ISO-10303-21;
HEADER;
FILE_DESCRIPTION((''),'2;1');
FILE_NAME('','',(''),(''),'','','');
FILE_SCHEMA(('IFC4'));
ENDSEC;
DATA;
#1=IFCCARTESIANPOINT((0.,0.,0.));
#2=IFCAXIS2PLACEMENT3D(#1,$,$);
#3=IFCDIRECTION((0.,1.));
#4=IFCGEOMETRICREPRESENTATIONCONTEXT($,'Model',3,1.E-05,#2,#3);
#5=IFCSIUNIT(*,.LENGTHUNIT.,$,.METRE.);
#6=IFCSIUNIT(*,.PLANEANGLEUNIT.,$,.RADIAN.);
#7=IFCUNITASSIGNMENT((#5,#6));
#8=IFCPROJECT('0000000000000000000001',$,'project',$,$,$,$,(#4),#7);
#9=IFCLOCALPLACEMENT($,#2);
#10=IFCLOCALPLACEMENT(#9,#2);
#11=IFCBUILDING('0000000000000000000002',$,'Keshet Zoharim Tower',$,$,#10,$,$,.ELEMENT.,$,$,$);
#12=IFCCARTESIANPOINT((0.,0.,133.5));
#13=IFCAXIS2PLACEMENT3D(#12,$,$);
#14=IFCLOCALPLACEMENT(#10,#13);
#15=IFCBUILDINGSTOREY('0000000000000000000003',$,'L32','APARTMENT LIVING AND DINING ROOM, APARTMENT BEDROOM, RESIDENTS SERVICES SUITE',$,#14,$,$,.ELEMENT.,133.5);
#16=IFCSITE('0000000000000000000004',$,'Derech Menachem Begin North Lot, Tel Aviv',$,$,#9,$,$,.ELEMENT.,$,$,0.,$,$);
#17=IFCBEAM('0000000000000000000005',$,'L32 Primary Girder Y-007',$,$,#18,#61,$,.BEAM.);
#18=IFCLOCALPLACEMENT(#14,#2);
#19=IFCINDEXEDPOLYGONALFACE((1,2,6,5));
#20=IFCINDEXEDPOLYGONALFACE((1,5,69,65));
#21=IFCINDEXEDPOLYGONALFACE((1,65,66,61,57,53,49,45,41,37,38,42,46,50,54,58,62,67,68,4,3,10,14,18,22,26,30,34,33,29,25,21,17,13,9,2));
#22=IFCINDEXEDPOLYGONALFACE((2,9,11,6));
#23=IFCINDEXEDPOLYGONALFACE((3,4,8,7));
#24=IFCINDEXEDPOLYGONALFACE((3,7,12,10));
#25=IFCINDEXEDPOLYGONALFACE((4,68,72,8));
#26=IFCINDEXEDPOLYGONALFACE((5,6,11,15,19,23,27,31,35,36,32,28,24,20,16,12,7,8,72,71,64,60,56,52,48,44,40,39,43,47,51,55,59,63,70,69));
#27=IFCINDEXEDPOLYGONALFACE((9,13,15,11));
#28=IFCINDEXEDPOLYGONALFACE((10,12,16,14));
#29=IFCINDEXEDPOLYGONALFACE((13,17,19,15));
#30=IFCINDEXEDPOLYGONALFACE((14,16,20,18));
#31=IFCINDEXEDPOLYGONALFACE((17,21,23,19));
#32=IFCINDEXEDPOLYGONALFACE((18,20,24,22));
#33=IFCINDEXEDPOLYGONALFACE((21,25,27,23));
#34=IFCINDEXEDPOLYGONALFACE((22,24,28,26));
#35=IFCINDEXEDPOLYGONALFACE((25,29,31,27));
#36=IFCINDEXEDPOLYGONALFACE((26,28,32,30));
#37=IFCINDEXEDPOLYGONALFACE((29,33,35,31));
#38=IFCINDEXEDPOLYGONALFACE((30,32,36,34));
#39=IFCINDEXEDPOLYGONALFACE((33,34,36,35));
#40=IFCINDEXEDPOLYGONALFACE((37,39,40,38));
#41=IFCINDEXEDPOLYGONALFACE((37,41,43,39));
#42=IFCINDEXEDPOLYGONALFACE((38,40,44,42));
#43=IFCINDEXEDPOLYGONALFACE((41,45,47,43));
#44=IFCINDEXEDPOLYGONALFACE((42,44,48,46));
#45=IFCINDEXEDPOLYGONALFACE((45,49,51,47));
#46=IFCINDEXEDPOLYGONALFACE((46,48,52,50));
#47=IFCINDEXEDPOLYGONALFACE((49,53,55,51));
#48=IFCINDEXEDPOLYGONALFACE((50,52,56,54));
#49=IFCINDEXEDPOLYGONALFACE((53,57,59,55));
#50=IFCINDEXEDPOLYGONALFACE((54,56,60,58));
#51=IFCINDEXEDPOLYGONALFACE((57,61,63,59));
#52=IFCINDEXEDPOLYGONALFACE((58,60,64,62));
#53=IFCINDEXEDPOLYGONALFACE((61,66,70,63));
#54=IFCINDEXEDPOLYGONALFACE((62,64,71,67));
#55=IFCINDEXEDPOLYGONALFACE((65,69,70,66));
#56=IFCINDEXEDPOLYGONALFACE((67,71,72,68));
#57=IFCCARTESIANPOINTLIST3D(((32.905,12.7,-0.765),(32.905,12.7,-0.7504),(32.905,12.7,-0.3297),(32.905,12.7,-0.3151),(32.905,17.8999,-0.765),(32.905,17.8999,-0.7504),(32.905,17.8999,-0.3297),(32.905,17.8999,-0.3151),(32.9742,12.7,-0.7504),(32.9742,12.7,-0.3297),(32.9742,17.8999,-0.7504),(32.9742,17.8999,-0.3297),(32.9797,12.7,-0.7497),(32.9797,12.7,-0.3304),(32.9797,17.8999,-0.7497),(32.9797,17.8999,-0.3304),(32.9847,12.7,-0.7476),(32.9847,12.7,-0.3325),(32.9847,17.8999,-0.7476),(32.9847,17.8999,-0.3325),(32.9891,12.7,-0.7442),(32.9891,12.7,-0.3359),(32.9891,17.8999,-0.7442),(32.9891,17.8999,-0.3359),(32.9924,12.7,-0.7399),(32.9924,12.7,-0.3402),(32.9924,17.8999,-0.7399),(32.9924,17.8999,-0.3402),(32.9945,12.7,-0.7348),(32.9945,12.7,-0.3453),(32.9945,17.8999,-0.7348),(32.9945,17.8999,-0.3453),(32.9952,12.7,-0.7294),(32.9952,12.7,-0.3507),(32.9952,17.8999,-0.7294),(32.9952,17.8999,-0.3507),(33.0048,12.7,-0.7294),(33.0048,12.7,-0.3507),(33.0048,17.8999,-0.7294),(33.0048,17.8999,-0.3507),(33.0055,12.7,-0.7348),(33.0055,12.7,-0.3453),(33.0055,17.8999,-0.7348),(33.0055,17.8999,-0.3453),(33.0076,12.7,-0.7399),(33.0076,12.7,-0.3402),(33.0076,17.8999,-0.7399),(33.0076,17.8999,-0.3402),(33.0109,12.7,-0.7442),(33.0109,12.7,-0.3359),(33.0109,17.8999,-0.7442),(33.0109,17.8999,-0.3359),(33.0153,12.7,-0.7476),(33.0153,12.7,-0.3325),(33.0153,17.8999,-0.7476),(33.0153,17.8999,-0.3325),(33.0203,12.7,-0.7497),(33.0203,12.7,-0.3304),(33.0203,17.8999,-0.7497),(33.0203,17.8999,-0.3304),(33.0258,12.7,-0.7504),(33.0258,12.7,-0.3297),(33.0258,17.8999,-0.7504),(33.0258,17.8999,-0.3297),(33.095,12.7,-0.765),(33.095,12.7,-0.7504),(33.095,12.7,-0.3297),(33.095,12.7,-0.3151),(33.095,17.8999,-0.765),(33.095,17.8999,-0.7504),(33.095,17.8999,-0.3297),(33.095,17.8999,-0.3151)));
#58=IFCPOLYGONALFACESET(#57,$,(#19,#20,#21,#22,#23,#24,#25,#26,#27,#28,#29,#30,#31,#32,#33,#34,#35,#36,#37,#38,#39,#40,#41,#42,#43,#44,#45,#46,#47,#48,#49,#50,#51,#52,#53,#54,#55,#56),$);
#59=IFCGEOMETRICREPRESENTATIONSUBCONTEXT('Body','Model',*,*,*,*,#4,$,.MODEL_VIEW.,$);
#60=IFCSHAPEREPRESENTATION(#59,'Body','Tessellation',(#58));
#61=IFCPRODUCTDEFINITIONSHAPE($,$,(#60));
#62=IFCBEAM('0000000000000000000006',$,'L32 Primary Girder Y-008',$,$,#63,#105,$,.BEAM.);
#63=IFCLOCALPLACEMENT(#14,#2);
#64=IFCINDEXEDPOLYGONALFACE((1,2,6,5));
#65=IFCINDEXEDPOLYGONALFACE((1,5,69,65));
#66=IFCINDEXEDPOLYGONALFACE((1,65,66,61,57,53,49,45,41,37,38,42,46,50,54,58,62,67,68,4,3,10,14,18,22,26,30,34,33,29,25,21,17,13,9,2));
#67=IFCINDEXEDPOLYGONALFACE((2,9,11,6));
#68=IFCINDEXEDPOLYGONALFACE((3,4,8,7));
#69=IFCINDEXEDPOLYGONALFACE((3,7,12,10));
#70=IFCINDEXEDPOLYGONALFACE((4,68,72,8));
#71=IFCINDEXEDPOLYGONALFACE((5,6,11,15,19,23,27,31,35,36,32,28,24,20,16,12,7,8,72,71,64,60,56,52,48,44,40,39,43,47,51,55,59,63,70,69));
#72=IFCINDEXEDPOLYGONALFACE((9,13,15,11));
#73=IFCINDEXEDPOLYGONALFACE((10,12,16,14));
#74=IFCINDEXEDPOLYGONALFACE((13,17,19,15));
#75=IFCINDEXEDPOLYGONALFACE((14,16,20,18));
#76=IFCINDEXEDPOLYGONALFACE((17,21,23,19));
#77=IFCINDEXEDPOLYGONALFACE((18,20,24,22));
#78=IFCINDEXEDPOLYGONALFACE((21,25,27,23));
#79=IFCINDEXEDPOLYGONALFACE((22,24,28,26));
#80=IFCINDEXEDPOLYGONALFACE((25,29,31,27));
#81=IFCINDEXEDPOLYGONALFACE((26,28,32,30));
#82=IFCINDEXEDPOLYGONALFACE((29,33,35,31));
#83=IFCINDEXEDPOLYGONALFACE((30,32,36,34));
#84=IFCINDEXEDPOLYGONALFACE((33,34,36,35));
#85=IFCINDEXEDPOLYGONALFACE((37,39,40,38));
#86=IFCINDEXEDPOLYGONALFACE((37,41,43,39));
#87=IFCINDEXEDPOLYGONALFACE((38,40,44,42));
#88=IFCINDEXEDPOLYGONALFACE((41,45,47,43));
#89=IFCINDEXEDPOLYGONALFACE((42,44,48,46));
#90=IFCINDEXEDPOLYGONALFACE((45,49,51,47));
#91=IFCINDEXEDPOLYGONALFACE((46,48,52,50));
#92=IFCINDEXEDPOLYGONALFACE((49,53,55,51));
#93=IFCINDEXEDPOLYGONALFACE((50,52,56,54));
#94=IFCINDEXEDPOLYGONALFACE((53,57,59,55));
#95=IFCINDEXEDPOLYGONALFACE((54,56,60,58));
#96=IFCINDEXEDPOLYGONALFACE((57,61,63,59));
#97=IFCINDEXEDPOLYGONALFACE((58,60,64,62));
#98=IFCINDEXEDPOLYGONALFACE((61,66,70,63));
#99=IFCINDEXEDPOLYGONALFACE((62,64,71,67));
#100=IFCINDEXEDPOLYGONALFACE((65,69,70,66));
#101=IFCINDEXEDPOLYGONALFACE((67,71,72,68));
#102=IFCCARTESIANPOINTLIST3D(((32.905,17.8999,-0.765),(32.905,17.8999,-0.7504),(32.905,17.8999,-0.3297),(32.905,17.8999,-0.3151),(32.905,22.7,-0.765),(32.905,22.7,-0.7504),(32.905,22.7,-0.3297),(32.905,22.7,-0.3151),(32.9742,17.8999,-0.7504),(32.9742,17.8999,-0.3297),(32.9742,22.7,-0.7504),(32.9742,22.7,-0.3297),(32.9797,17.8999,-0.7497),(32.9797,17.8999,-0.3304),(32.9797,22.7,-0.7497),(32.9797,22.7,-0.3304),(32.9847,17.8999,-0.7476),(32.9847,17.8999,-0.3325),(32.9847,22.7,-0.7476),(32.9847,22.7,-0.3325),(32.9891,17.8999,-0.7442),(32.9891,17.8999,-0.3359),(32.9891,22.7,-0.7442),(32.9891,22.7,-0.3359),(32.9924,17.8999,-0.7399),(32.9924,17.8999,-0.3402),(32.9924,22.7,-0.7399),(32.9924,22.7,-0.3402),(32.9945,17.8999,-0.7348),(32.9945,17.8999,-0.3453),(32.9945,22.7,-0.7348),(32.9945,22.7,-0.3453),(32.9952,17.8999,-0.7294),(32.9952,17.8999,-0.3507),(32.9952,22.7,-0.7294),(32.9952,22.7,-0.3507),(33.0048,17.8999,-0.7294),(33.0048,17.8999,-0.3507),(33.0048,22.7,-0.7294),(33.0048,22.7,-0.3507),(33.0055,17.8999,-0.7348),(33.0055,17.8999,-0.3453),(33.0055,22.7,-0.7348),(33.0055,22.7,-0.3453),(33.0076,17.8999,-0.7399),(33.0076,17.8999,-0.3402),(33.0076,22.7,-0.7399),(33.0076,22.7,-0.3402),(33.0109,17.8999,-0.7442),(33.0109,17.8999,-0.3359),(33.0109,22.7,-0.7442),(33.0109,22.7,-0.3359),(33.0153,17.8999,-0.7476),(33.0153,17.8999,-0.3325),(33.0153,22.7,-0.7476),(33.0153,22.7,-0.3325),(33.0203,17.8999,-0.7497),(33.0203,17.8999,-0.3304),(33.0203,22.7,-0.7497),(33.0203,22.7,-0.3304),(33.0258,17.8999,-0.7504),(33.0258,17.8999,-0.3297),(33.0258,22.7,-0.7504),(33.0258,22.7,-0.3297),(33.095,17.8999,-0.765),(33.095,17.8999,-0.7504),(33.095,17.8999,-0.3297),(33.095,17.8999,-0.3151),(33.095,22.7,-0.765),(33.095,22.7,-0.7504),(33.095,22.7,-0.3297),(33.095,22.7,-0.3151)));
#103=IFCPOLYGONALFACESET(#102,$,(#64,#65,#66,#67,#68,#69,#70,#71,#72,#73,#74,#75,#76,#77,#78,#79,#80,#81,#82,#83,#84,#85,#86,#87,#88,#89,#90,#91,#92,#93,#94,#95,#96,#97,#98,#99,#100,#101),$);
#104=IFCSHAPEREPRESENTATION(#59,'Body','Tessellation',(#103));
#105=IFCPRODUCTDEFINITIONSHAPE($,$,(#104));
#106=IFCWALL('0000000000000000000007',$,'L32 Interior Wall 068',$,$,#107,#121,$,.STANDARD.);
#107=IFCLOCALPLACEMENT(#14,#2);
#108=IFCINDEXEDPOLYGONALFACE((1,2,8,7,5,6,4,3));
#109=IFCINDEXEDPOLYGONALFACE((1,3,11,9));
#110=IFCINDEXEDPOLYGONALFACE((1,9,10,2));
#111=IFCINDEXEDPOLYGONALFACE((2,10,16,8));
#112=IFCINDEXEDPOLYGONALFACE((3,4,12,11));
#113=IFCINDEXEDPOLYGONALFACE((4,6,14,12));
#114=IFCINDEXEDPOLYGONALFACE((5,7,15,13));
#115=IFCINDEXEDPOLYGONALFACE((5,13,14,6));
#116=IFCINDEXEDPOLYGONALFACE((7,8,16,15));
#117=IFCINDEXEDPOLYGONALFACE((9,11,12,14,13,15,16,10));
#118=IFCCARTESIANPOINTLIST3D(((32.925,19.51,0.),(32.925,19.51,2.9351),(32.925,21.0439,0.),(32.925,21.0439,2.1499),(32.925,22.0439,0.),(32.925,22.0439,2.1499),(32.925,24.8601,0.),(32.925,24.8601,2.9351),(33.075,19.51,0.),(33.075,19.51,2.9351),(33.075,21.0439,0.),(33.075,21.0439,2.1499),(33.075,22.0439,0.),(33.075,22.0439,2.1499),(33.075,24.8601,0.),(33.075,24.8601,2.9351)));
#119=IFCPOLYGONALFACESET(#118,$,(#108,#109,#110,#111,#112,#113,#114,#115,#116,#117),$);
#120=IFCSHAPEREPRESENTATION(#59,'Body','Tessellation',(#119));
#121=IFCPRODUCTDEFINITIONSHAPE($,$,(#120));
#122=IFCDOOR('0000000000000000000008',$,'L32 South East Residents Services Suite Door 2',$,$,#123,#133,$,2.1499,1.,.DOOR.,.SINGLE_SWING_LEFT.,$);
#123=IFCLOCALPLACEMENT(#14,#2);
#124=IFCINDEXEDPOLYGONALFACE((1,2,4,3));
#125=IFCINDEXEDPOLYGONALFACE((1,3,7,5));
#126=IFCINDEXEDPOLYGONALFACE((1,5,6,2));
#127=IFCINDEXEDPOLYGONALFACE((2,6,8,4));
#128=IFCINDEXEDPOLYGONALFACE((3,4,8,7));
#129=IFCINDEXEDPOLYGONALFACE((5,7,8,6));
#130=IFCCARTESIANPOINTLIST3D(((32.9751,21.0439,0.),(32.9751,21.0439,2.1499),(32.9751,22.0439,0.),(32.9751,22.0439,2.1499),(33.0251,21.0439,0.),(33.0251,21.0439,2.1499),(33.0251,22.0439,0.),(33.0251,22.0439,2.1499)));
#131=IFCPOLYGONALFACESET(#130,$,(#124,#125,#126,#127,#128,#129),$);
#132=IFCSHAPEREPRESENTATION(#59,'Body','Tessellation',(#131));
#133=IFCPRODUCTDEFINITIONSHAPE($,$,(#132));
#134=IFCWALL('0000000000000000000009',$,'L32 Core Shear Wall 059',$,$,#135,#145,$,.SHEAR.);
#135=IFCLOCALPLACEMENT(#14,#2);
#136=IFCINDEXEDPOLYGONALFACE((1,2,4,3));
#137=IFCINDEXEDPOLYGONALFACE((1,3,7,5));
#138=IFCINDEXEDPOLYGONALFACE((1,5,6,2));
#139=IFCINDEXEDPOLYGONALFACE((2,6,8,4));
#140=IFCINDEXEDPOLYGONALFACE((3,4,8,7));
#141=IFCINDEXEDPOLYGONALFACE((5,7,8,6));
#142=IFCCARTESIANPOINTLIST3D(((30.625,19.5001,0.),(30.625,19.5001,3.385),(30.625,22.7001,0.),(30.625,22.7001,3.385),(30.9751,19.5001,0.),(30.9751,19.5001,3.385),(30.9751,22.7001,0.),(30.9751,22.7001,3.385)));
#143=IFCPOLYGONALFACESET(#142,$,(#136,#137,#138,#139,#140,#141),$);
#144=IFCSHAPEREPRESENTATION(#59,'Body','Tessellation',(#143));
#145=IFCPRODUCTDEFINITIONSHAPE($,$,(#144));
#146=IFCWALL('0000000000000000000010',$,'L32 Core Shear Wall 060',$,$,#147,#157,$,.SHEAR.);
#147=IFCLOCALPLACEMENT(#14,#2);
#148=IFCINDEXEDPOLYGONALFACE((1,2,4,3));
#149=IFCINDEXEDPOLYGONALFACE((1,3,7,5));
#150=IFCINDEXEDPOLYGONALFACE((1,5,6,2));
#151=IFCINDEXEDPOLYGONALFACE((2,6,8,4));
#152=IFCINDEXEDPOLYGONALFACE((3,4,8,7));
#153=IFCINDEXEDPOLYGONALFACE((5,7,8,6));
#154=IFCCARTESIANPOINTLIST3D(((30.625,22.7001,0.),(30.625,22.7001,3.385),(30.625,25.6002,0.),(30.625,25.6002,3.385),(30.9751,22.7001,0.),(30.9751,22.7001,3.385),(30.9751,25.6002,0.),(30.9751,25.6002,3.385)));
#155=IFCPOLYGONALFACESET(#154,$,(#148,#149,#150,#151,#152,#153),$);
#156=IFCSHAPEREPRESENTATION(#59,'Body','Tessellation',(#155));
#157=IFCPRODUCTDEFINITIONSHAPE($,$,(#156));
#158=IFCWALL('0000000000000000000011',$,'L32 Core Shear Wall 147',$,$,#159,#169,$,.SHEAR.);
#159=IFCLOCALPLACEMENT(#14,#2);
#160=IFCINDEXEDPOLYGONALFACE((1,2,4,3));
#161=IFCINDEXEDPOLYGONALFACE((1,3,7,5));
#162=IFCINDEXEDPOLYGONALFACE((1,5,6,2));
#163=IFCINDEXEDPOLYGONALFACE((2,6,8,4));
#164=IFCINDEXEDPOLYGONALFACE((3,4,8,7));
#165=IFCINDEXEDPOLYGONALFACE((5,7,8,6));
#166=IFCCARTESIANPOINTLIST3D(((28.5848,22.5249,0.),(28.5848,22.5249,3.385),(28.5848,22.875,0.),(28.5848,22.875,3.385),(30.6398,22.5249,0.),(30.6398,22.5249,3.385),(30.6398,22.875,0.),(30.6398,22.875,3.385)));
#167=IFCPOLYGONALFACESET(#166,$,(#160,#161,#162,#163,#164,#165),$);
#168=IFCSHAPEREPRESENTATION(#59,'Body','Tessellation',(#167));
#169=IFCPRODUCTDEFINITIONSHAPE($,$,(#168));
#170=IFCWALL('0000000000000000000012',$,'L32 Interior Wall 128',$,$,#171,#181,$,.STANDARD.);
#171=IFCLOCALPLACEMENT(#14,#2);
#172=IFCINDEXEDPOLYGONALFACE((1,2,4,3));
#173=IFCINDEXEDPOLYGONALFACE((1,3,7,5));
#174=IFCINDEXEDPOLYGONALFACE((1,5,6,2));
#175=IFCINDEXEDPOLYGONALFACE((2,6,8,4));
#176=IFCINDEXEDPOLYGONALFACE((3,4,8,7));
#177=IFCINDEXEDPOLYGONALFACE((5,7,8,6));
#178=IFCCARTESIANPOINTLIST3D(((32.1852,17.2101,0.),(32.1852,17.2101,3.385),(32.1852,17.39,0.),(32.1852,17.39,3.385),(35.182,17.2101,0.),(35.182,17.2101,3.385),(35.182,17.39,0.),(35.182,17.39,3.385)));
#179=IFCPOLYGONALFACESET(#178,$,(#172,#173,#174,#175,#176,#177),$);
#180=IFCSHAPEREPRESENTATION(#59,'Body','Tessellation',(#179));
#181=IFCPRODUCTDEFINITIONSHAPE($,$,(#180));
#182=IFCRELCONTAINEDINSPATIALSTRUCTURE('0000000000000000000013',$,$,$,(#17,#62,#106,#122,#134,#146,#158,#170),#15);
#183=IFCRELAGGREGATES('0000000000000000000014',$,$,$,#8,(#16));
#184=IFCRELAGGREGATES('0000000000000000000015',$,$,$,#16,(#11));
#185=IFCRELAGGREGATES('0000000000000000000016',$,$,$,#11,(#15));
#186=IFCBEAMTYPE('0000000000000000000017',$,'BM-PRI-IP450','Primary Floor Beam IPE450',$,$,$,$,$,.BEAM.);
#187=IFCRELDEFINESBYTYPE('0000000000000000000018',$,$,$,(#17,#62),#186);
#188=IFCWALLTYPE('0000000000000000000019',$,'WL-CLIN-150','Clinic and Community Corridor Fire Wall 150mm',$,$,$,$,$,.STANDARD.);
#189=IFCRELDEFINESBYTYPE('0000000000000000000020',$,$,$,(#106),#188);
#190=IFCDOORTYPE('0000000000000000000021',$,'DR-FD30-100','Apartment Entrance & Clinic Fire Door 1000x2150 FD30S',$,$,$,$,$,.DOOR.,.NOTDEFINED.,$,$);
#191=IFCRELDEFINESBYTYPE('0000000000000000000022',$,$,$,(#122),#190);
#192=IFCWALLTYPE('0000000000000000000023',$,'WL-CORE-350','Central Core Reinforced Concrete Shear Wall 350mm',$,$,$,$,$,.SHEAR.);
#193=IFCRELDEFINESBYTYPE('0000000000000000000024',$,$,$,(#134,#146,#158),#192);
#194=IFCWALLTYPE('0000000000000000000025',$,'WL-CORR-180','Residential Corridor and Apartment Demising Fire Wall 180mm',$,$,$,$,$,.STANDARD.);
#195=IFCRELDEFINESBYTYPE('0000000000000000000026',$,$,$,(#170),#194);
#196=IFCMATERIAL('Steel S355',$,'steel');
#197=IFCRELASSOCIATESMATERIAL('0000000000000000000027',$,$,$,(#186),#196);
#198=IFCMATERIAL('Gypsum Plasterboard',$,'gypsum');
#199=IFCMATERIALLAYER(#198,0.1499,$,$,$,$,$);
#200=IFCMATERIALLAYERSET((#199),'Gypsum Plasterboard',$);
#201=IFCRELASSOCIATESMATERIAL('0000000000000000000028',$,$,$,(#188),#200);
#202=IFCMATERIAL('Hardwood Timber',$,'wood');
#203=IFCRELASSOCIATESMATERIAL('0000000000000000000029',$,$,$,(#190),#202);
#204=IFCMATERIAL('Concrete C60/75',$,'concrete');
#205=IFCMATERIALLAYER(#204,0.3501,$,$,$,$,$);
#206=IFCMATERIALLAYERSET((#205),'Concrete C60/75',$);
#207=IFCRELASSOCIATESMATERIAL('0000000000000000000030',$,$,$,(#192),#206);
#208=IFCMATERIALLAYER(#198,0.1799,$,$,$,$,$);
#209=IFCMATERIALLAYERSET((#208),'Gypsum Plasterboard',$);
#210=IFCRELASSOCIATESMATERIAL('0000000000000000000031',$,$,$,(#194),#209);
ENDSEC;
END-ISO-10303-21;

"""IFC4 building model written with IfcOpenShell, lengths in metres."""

from ifc_helpers import new_model, si_unit, direction, frame, frame_2d, origin, origin_2d, place, context, subcontext, project, spatial, rectangle, i_section, extrude, material, layer, layer_set, material_profile, profile_set, type_object, element, fill, save


model = new_model("IFC4")

# Units and contexts
model_context = context("Model", 3, precision=1e-05, world=origin(), true_north=direction((0.0, 1.0)))
body_context = subcontext(model_context, "Body", "Model", "MODEL_VIEW")
ifc_project = project(units=[si_unit("LENGTHUNIT", "METRE"), si_unit("PLANEANGLEUNIT", "RADIAN")], contexts=[model_context])

# Site, building, storey
site_placement = place(None, origin())
site = spatial("IfcSite", under=ifc_project, at=site_placement, Name="Derech Menachem Begin North Lot, Tel Aviv", CompositionType="ELEMENT", RefElevation=0.0)
building_placement = place(site_placement, origin())
building = spatial("IfcBuilding", under=site, at=building_placement, Name="Keshet Zoharim Tower", CompositionType="ELEMENT")
storey_placement = place(building_placement, frame((0.0, 0.0, 133.5)))
storey = spatial("IfcBuildingStorey", under=building, at=storey_placement, Name="L32", Description="APARTMENT LIVING AND DINING ROOM, APARTMENT BEDROOM, RESIDENTS SERVICES SUITE", CompositionType="ELEMENT", Elevation=133.5)

# Shared definitions
ifc_material_1 = material(Name="Concrete C60/75", Category="concrete")

# Beams
ifc_material_2 = material(Name="Steel S355", Category="steel")
ifc_material_profile_1 = material_profile(ifc_material_2, i_section(OverallWidth=0.1899, OverallDepth=0.45, WebThickness=0.0095, FlangeThickness=0.0146, FilletRadius=0.021, at=origin_2d()), Name="IPE450")
ifc_profile_set_1 = profile_set([ifc_material_profile_1], Name="Steel S355")
beam_type_1 = type_object("IfcBeamType", Name="BM-PRI-IP450", Description="Primary Floor Beam IPE450", PredefinedType="BEAM", material=ifc_profile_set_1)
beam_1_placement = place(storey_placement, frame((33.0, 12.7, -0.54), z_axis=(0.0, 1.0, 0.0), x_axis=(-1.0, 0.0, 0.0)))
element("IfcBeam", 1, at=beam_1_placement, inside=storey, type_object=beam_type_1, Name="L32 Primary Girder Y-007", PredefinedType="BEAM", context=body_context, shape_type="SweptSolid", body=[
    extrude(i_section(OverallWidth=0.1899, OverallDepth=0.45, WebThickness=0.0095, FlangeThickness=0.0146, FilletRadius=0.021, at=origin_2d()), origin(), (0.0, 0.0, 1.0), 5.2),
])
beam_2_placement = place(storey_placement, frame((33.0, 17.8999, -0.54), z_axis=(0.0, 1.0, 0.0), x_axis=(-1.0, 0.0, 0.0)))
element("IfcBeam", 2, at=beam_2_placement, inside=storey, type_object=beam_type_1, Name="L32 Primary Girder Y-008", PredefinedType="BEAM", context=body_context, shape_type="SweptSolid", body=[
    extrude(i_section(OverallWidth=0.1899, OverallDepth=0.45, WebThickness=0.0095, FlangeThickness=0.0146, FilletRadius=0.021, at=origin_2d()), origin(), (0.0, 0.0, 1.0), 4.8),
])

# Wall, opening, door
ifc_material_3 = material(Name="Gypsum Plasterboard", Category="gypsum")
ifc_layer_1 = layer(ifc_material_3, 0.1499)
ifc_layer_set_1 = layer_set([ifc_layer_1], Name="Gypsum Plasterboard")
wall_type_1 = type_object("IfcWallType", Name="WL-CLIN-150", Description="Clinic and Community Corridor Fire Wall 150mm", PredefinedType="STANDARD", material=ifc_layer_set_1)
wall_1_placement = place(storey_placement, frame((33.0, 19.51, 0.0), z_axis=(0.0, 0.0, 1.0), x_axis=(0.0, 1.0, 0.0)))
wall_1 = element("IfcWall", 3, at=wall_1_placement, inside=storey, type_object=wall_type_1, Name="L32 Interior Wall 068", PredefinedType="STANDARD", context=body_context, shape_type="SweptSolid", body=[
    extrude(rectangle(XDim=5.3501, YDim=0.1499, at=frame_2d((2.675, 0.0))), origin(), (0.0, 0.0, 1.0), 2.9351),
])
opening_1_placement = place(wall_1_placement, frame((1.5339, 0.0, 0.0)))
opening_1 = element("IfcOpeningElement", 4, at=opening_1_placement, cuts=wall_1, PredefinedType="OPENING", context=body_context, shape_type="SweptSolid", body=[
    extrude(rectangle(XDim=1.0, YDim=2.1499, at=frame_2d((0.5, 1.075))), frame((0.0, 0.085, 0.0), z_axis=(0.0, -1.0, 0.0), x_axis=(1.0, 0.0, 0.0)), (0.0, 0.0, 1.0), 0.1699),
])
ifc_material_4 = material(Name="Hardwood Timber", Category="wood")
door_type_1 = type_object("IfcDoorType", Name="DR-FD30-100", Description="Apartment Entrance & Clinic Fire Door 1000x2150 FD30S", OperationType="NOTDEFINED", PredefinedType="DOOR", material=ifc_material_4)
door_1_placement = place(opening_1_placement, origin())
door_1 = element("IfcDoor", 5, at=door_1_placement, inside=storey, type_object=door_type_1, Name="L32 South East Residents Services Suite Door 2", OperationType="SINGLE_SWING_LEFT", OverallHeight=2.1499, OverallWidth=1.0, PredefinedType="DOOR", context=body_context, shape_type="SweptSolid", body=[
    extrude(rectangle(XDim=1.0, YDim=2.1499, at=frame_2d((0.5, 1.075))), frame((0.0, 0.0249, 0.0), z_axis=(0.0, -1.0, 0.0), x_axis=(1.0, 0.0, 0.0)), (0.0, 0.0, 1.0), 0.05),
])
fill(opening_1, door_1)

# Walls
ifc_layer_2 = layer(ifc_material_1, 0.3501)
ifc_layer_set_2 = layer_set([ifc_layer_2], Name="Concrete C60/75")
wall_type_2 = type_object("IfcWallType", Name="WL-CORE-350", Description="Central Core Reinforced Concrete Shear Wall 350mm", PredefinedType="SHEAR", material=ifc_layer_set_2)
wall_2_placement = place(storey_placement, frame((30.8, 19.5, 0.0), z_axis=(0.0, 0.0, 1.0), x_axis=(0.0, 1.0, 0.0)))
element("IfcWall", 6, at=wall_2_placement, inside=storey, type_object=wall_type_2, Name="L32 Core Shear Wall 059", PredefinedType="SHEAR", context=body_context, shape_type="SweptSolid", body=[
    extrude(rectangle(XDim=3.2, YDim=0.3501, at=frame_2d((1.6001, 0.0))), origin(), (0.0, 0.0, 1.0), 3.385),
])
wall_3_placement = place(storey_placement, frame((30.8, 22.7, 0.0), z_axis=(0.0, 0.0, 1.0), x_axis=(0.0, 1.0, 0.0)))
element("IfcWall", 7, at=wall_3_placement, inside=storey, type_object=wall_type_2, Name="L32 Core Shear Wall 060", PredefinedType="SHEAR", context=body_context, shape_type="SweptSolid", body=[
    extrude(rectangle(XDim=2.9001, YDim=0.3501, at=frame_2d((1.4502, 0.0))), origin(), (0.0, 0.0, 1.0), 3.385),
])
wall_4_placement = place(storey_placement, frame((28.585, 22.7, 0.0), z_axis=(0.0, 0.0, 1.0), x_axis=(1.0, 0.0, 0.0)))
element("IfcWall", 8, at=wall_4_placement, inside=storey, type_object=wall_type_2, Name="L32 Core Shear Wall 147", PredefinedType="SHEAR", context=body_context, shape_type="SweptSolid", body=[
    extrude(rectangle(XDim=2.0549, YDim=0.3501, at=frame_2d((1.0273, 0.0))), origin(), (0.0, 0.0, 1.0), 3.385),
])
ifc_layer_3 = layer(ifc_material_3, 0.1799)
ifc_layer_set_3 = layer_set([ifc_layer_3], Name="Gypsum Plasterboard")
wall_type_3 = type_object("IfcWallType", Name="WL-CORR-180", Description="Residential Corridor and Apartment Demising Fire Wall 180mm", PredefinedType="STANDARD", material=ifc_layer_set_3)
wall_5_placement = place(storey_placement, frame((32.1851, 17.3, 0.0), z_axis=(0.0, 0.0, 1.0), x_axis=(1.0, 0.0, 0.0)))
element("IfcWall", 9, at=wall_5_placement, inside=storey, type_object=wall_type_3, Name="L32 Interior Wall 128", PredefinedType="STANDARD", context=body_context, shape_type="SweptSolid", body=[
    extrude(rectangle(XDim=2.9968, YDim=0.1799, at=frame_2d((1.4985, 0.0))), origin(), (0.0, 0.0, 1.0), 3.385),
])

save(model, "model.ifc")
